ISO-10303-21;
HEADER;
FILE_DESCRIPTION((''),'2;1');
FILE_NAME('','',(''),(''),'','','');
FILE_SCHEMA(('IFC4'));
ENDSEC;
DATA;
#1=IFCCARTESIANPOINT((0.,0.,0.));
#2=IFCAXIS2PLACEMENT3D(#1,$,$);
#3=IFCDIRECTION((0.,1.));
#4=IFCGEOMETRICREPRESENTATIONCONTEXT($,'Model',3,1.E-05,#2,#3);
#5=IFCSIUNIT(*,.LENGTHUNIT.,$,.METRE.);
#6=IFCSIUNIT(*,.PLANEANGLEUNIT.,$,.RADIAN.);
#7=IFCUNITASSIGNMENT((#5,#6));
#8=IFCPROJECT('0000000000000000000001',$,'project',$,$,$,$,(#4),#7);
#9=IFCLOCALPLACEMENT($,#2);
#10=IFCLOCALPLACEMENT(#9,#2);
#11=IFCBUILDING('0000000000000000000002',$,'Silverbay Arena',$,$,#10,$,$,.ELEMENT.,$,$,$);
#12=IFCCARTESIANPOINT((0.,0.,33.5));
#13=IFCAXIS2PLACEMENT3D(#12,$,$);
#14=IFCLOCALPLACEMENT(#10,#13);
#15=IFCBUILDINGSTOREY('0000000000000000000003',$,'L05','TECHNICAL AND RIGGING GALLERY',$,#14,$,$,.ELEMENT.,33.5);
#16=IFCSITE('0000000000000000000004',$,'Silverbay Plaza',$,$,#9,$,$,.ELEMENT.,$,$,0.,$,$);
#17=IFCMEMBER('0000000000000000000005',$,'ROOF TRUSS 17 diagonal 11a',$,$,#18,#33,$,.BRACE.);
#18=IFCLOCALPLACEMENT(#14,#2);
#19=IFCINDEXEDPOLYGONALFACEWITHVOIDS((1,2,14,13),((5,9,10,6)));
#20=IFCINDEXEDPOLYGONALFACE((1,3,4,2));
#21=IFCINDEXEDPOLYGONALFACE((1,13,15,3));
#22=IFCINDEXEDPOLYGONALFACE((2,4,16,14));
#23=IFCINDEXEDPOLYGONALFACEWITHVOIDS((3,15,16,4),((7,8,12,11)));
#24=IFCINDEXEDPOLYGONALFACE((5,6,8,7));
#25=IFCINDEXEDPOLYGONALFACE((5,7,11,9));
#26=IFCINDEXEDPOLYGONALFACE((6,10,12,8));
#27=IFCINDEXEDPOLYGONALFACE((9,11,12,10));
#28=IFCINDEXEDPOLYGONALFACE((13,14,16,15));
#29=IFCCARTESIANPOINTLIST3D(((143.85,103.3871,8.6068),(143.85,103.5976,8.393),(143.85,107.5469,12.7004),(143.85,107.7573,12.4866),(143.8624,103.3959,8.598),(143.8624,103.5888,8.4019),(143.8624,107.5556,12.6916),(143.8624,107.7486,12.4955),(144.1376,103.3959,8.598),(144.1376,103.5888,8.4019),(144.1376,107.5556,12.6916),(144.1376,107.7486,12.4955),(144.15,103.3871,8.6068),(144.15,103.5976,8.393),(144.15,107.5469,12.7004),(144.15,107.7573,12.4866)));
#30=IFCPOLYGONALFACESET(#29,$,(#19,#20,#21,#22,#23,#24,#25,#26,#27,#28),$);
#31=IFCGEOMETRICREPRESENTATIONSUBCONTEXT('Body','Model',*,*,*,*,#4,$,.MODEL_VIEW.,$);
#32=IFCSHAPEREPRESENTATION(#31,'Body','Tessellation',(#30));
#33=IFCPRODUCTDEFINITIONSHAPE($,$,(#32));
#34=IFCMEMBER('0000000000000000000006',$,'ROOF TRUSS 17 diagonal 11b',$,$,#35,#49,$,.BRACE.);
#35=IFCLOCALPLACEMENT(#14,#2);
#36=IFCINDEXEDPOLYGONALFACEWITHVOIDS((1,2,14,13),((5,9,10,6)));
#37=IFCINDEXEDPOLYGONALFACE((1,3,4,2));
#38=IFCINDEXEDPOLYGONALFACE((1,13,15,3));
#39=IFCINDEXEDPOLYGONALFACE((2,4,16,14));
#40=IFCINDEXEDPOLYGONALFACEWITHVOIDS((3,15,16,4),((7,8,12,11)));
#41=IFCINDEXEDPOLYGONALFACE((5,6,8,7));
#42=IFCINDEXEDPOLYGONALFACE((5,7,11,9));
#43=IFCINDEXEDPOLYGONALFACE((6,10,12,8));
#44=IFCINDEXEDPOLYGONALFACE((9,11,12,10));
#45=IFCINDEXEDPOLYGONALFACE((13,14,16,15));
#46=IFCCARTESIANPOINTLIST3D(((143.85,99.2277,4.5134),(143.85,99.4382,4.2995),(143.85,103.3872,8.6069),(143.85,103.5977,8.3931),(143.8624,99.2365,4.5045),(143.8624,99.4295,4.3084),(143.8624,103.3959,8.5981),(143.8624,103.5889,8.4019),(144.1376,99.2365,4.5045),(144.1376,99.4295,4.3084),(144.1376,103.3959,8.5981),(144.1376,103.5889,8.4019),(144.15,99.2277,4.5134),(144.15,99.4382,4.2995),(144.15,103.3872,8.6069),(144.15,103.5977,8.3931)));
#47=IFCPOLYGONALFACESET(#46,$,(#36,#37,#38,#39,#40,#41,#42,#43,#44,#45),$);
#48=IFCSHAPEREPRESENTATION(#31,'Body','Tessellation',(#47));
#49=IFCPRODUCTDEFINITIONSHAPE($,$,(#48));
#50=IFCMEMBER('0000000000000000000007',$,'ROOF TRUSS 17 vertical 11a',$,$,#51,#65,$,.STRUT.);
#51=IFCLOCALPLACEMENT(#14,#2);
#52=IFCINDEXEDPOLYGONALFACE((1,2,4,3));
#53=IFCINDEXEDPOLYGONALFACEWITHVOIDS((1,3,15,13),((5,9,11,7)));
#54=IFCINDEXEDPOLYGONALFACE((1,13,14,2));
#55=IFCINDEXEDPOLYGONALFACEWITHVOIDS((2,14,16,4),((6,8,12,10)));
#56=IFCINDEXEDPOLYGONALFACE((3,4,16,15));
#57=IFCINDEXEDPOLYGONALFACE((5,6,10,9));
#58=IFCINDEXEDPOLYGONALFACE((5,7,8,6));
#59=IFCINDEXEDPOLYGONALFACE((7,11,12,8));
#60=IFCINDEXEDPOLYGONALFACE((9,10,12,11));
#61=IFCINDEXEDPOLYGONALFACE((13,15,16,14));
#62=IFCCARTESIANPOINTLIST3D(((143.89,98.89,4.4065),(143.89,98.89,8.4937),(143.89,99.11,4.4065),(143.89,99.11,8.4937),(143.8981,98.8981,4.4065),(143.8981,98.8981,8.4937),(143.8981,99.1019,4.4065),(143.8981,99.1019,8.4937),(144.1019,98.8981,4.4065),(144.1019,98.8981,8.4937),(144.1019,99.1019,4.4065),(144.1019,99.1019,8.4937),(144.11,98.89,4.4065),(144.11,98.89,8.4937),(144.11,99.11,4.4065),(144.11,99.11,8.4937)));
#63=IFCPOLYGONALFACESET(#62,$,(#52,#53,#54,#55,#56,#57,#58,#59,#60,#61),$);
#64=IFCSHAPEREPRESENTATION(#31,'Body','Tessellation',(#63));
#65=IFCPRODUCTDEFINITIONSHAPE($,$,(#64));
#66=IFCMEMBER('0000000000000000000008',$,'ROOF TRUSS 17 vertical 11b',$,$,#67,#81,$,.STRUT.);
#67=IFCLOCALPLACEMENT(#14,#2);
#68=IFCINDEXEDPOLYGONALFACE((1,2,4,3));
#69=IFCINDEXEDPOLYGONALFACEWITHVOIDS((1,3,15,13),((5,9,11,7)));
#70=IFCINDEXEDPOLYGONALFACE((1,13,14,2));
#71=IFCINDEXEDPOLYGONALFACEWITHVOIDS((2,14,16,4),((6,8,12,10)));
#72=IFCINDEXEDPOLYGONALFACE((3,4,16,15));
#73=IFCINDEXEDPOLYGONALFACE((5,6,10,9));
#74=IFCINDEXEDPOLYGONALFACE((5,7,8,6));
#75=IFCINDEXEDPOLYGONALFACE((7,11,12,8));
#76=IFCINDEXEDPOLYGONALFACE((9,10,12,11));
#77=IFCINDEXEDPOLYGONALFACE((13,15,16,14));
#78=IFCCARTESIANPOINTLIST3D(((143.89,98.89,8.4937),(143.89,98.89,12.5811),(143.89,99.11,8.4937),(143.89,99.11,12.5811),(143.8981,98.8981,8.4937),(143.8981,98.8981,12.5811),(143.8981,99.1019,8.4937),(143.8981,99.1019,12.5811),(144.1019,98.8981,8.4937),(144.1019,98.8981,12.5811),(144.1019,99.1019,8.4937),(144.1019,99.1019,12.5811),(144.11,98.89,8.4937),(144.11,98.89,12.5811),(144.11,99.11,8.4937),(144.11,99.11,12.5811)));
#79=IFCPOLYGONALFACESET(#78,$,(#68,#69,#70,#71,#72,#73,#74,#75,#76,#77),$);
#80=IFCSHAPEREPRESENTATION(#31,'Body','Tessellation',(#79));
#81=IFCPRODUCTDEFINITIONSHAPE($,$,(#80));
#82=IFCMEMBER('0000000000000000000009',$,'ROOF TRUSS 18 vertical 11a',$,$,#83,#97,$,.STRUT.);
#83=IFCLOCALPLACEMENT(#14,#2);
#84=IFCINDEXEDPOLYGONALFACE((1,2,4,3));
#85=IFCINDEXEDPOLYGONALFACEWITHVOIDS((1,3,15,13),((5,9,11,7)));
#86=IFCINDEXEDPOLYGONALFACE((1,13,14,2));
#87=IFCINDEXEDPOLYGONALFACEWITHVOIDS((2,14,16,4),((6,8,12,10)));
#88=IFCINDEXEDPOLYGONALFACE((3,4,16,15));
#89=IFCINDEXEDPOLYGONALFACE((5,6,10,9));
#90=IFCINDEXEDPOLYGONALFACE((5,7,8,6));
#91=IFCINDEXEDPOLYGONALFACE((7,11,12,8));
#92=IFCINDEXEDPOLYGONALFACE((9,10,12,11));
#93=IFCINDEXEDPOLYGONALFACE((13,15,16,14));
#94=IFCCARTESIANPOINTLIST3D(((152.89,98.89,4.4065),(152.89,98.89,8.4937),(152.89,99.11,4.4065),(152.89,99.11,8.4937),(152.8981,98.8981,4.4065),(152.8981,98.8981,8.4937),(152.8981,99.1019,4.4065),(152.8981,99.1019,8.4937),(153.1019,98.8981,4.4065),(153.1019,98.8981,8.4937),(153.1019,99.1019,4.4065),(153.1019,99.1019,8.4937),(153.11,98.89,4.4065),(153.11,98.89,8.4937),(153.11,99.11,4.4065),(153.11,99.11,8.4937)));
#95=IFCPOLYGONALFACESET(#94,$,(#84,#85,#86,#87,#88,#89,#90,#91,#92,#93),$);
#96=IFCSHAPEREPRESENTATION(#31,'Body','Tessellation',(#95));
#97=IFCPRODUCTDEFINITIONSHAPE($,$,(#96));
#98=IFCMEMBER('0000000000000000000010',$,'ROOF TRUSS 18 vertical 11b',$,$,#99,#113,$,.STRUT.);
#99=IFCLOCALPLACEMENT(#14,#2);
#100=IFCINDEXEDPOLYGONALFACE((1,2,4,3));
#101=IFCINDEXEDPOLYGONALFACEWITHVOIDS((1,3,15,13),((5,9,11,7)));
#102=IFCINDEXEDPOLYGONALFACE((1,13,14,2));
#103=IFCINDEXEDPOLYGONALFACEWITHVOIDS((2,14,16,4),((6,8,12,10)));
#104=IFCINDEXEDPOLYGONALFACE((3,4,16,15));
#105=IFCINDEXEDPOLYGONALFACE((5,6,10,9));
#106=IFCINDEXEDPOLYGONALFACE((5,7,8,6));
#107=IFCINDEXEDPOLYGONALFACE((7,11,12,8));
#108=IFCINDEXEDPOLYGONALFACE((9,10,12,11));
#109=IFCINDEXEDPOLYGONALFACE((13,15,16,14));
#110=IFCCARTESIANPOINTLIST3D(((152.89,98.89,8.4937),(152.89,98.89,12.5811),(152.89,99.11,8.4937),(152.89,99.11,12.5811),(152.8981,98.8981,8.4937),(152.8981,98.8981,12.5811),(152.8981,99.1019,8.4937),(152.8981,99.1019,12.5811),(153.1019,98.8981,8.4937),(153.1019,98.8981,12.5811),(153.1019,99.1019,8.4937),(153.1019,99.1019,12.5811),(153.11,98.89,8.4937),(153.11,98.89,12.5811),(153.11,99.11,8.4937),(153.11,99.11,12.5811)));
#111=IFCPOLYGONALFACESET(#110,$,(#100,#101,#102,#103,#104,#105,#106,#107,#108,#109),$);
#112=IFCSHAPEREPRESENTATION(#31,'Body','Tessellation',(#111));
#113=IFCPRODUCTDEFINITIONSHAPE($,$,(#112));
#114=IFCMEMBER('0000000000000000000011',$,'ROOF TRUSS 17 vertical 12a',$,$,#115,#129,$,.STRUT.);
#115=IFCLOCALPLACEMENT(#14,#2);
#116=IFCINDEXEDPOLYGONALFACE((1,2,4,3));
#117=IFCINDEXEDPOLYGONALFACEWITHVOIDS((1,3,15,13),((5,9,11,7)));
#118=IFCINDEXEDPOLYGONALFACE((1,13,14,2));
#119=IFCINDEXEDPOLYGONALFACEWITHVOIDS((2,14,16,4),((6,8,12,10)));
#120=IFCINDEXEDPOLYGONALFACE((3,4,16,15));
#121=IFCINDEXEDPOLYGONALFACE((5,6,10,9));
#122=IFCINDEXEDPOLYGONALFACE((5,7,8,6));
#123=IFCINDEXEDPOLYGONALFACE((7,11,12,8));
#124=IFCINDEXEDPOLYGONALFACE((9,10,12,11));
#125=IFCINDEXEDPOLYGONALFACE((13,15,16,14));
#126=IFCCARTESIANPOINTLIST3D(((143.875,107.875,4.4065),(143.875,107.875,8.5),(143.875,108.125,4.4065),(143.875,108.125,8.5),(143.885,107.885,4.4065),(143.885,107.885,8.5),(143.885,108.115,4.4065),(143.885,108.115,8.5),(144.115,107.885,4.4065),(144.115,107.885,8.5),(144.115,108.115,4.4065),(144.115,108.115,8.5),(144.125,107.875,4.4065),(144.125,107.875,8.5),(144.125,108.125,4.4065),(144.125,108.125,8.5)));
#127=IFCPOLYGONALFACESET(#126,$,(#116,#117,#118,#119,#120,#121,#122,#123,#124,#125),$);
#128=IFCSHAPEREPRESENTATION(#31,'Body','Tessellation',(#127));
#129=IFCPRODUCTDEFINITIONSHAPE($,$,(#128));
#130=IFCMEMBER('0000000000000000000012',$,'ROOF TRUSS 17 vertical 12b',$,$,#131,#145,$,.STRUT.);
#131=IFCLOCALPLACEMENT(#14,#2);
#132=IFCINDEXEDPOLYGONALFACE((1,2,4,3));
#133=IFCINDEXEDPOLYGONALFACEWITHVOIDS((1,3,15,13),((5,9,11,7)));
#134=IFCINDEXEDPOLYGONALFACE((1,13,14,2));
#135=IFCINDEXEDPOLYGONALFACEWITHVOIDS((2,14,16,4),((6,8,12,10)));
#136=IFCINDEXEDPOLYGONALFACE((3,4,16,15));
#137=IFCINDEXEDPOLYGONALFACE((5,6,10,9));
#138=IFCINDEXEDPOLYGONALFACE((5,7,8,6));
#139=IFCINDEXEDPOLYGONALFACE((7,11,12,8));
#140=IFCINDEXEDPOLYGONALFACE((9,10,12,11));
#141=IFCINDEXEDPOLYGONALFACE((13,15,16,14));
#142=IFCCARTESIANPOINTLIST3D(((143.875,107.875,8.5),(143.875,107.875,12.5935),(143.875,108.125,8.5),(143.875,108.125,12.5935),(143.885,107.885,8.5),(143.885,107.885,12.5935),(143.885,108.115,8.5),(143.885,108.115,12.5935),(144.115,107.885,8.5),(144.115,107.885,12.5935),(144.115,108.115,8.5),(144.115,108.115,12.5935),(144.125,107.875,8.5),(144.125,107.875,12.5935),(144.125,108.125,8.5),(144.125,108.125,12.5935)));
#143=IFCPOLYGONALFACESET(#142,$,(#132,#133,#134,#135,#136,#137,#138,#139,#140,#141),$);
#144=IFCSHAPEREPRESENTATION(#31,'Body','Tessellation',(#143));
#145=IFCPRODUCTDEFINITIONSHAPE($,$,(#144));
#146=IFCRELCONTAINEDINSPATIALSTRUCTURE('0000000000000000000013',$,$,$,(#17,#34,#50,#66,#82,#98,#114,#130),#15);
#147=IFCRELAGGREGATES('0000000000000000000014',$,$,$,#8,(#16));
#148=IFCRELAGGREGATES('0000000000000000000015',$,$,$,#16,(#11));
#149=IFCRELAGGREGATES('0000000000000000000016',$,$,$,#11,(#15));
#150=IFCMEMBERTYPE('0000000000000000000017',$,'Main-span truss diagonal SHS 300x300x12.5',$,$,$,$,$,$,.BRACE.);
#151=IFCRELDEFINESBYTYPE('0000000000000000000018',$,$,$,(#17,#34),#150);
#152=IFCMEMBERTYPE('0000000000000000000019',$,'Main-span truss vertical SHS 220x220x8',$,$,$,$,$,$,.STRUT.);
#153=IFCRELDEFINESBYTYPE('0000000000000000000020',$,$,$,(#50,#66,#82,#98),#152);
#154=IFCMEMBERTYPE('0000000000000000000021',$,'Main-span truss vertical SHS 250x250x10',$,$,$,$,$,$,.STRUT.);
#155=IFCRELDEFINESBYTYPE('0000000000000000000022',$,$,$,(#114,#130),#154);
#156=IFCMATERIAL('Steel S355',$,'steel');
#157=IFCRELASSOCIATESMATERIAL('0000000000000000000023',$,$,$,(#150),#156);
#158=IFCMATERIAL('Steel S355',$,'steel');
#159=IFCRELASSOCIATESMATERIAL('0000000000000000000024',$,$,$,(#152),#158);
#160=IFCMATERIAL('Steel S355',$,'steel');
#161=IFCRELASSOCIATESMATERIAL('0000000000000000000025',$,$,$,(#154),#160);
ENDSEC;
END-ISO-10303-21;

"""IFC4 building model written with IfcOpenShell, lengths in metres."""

from ifc_helpers import new_model, si_unit, direction, frame, origin, origin_2d, place, context, subcontext, project, spatial, hollow_rectangle, extrude, material, material_profile, profile_set, type_object, element, save


model = new_model("IFC4")

# Units and contexts
model_context = context("Model", 3, precision=1e-05, world=origin(), true_north=direction((0.0, 1.0)))
body_context = subcontext(model_context, "Body", "Model", "MODEL_VIEW")
ifc_project = project(units=[si_unit("LENGTHUNIT", "METRE"), si_unit("PLANEANGLEUNIT", "RADIAN")], contexts=[model_context])

# Site, building, storey
site_placement = place(None, origin())
site = spatial("IfcSite", under=ifc_project, at=site_placement, Name="Silverbay Plaza", CompositionType="ELEMENT", RefElevation=0.0)
building_placement = place(site_placement, origin())
building = spatial("IfcBuilding", under=site, at=building_placement, Name="Silverbay Arena", CompositionType="ELEMENT")
storey_placement = place(building_placement, frame((0.0, 0.0, 33.5)))
storey = spatial("IfcBuildingStorey", under=building, at=storey_placement, Name="L05", Description="TECHNICAL AND RIGGING GALLERY", CompositionType="ELEMENT", Elevation=33.5)

# Members
ifc_material_1 = material(Name="Steel S355", Category="steel")
ifc_material_profile_1 = material_profile(ifc_material_1, hollow_rectangle(XDim=0.3, YDim=0.3, WallThickness=0.0125, at=origin_2d()), Name="SHS 300x300x12.5")
ifc_profile_set_1 = profile_set([ifc_material_profile_1], Name="Steel S355")
member_type_1 = type_object("IfcMemberType", Name="Main-span truss diagonal SHS 300x300x12.5", PredefinedType="BRACE", material=ifc_profile_set_1)
member_1_placement = place(storey_placement, frame((144.0, 107.6521, 12.5935), z_axis=(0.0, -0.712752, -0.701416), x_axis=(1.0, 0.0, 0.0)))
element("IfcMember", 1, at=member_1_placement, inside=storey, type_object=member_type_1, Name="ROOF TRUSS 17 diagonal 11a", PredefinedType="BRACE", context=body_context, shape_type="SweptSolid", body=[
    extrude(hollow_rectangle(XDim=0.3, YDim=0.3, WallThickness=0.0125, at=origin_2d()), origin(), (0.0, 0.0, 1.0), 5.8362),
])
member_2_placement = place(storey_placement, frame((144.0, 103.4924, 8.5), z_axis=(0.0, -0.712732, -0.701437), x_axis=(1.0, 0.0, 0.0)))
element("IfcMember", 2, at=member_2_placement, inside=storey, type_object=member_type_1, Name="ROOF TRUSS 17 diagonal 11b", PredefinedType="BRACE", context=body_context, shape_type="SweptSolid", body=[
    extrude(hollow_rectangle(XDim=0.3, YDim=0.3, WallThickness=0.0125, at=origin_2d()), origin(), (0.0, 0.0, 1.0), 5.8359),
])
ifc_material_2 = material(Name="Steel S355", Category="steel")
ifc_material_profile_2 = material_profile(ifc_material_2, hollow_rectangle(XDim=0.22, YDim=0.22, WallThickness=0.0081, at=origin_2d()), Name="SHS 220x220x8")
ifc_profile_set_2 = profile_set([ifc_material_profile_2], Name="Steel S355")
member_type_2 = type_object("IfcMemberType", Name="Main-span truss vertical SHS 220x220x8", PredefinedType="STRUT", material=ifc_profile_set_2)
member_3_placement = place(storey_placement, frame((144.0, 99.0, 4.4065), z_axis=(0.0, 0.0, 1.0), x_axis=(1.0, 0.0, 0.0)))
element("IfcMember", 3, at=member_3_placement, inside=storey, type_object=member_type_2, Name="ROOF TRUSS 17 vertical 11a", PredefinedType="STRUT", context=body_context, shape_type="SweptSolid", body=[
    extrude(hollow_rectangle(XDim=0.22, YDim=0.22, WallThickness=0.0081, at=origin_2d()), origin(), (0.0, 0.0, 1.0), 4.0872),
])
member_4_placement = place(storey_placement, frame((144.0, 99.0, 8.4937), z_axis=(0.0, 0.0, 1.0), x_axis=(1.0, 0.0, 0.0)))
element("IfcMember", 4, at=member_4_placement, inside=storey, type_object=member_type_2, Name="ROOF TRUSS 17 vertical 11b", PredefinedType="STRUT", context=body_context, shape_type="SweptSolid", body=[
    extrude(hollow_rectangle(XDim=0.22, YDim=0.22, WallThickness=0.0081, at=origin_2d()), origin(), (0.0, 0.0, 1.0), 4.0874),
])
member_5_placement = place(storey_placement, frame((153.0, 99.0, 4.4065), z_axis=(0.0, 0.0, 1.0), x_axis=(1.0, 0.0, 0.0)))
element("IfcMember", 5, at=member_5_placement, inside=storey, type_object=member_type_2, Name="ROOF TRUSS 18 vertical 11a", PredefinedType="STRUT", context=body_context, shape_type="SweptSolid", body=[
    extrude(hollow_rectangle(XDim=0.22, YDim=0.22, WallThickness=0.0081, at=origin_2d()), origin(), (0.0, 0.0, 1.0), 4.0872),
])
member_6_placement = place(storey_placement, frame((153.0, 99.0, 8.4937), z_axis=(0.0, 0.0, 1.0), x_axis=(1.0, 0.0, 0.0)))
element("IfcMember", 6, at=member_6_placement, inside=storey, type_object=member_type_2, Name="ROOF TRUSS 18 vertical 11b", PredefinedType="STRUT", context=body_context, shape_type="SweptSolid", body=[
    extrude(hollow_rectangle(XDim=0.22, YDim=0.22, WallThickness=0.0081, at=origin_2d()), origin(), (0.0, 0.0, 1.0), 4.0874),
])
ifc_material_3 = material(Name="Steel S355", Category="steel")
ifc_material_profile_3 = material_profile(ifc_material_3, hollow_rectangle(XDim=0.25, YDim=0.25, WallThickness=0.01, at=origin_2d()), Name="SHS 250x250x10")
ifc_profile_set_3 = profile_set([ifc_material_profile_3], Name="Steel S355")
member_type_3 = type_object("IfcMemberType", Name="Main-span truss vertical SHS 250x250x10", PredefinedType="STRUT", material=ifc_profile_set_3)
for number, where, z_axis, x_axis, name in (
    (7, (144.0, 108.0, 4.4065), (0.0, 0.0, 1.0), (1.0, 0.0, 0.0), "ROOF TRUSS 17 vertical 12a"),
    (8, (144.0, 108.0, 8.5), (0.0, 0.0, 1.0), (1.0, 0.0, 0.0), "ROOF TRUSS 17 vertical 12b"),
):
    element("IfcMember", number, at=place(storey_placement, frame(where, z_axis=z_axis, x_axis=x_axis)), inside=storey, type_object=member_type_3, Name=name, PredefinedType="STRUT", context=body_context, shape_type="SweptSolid", body=[
        extrude(hollow_rectangle(XDim=0.25, YDim=0.25, WallThickness=0.01, at=origin_2d()), origin(), (0.0, 0.0, 1.0), 4.0935),
    ])

save(model, "model.ifc")
